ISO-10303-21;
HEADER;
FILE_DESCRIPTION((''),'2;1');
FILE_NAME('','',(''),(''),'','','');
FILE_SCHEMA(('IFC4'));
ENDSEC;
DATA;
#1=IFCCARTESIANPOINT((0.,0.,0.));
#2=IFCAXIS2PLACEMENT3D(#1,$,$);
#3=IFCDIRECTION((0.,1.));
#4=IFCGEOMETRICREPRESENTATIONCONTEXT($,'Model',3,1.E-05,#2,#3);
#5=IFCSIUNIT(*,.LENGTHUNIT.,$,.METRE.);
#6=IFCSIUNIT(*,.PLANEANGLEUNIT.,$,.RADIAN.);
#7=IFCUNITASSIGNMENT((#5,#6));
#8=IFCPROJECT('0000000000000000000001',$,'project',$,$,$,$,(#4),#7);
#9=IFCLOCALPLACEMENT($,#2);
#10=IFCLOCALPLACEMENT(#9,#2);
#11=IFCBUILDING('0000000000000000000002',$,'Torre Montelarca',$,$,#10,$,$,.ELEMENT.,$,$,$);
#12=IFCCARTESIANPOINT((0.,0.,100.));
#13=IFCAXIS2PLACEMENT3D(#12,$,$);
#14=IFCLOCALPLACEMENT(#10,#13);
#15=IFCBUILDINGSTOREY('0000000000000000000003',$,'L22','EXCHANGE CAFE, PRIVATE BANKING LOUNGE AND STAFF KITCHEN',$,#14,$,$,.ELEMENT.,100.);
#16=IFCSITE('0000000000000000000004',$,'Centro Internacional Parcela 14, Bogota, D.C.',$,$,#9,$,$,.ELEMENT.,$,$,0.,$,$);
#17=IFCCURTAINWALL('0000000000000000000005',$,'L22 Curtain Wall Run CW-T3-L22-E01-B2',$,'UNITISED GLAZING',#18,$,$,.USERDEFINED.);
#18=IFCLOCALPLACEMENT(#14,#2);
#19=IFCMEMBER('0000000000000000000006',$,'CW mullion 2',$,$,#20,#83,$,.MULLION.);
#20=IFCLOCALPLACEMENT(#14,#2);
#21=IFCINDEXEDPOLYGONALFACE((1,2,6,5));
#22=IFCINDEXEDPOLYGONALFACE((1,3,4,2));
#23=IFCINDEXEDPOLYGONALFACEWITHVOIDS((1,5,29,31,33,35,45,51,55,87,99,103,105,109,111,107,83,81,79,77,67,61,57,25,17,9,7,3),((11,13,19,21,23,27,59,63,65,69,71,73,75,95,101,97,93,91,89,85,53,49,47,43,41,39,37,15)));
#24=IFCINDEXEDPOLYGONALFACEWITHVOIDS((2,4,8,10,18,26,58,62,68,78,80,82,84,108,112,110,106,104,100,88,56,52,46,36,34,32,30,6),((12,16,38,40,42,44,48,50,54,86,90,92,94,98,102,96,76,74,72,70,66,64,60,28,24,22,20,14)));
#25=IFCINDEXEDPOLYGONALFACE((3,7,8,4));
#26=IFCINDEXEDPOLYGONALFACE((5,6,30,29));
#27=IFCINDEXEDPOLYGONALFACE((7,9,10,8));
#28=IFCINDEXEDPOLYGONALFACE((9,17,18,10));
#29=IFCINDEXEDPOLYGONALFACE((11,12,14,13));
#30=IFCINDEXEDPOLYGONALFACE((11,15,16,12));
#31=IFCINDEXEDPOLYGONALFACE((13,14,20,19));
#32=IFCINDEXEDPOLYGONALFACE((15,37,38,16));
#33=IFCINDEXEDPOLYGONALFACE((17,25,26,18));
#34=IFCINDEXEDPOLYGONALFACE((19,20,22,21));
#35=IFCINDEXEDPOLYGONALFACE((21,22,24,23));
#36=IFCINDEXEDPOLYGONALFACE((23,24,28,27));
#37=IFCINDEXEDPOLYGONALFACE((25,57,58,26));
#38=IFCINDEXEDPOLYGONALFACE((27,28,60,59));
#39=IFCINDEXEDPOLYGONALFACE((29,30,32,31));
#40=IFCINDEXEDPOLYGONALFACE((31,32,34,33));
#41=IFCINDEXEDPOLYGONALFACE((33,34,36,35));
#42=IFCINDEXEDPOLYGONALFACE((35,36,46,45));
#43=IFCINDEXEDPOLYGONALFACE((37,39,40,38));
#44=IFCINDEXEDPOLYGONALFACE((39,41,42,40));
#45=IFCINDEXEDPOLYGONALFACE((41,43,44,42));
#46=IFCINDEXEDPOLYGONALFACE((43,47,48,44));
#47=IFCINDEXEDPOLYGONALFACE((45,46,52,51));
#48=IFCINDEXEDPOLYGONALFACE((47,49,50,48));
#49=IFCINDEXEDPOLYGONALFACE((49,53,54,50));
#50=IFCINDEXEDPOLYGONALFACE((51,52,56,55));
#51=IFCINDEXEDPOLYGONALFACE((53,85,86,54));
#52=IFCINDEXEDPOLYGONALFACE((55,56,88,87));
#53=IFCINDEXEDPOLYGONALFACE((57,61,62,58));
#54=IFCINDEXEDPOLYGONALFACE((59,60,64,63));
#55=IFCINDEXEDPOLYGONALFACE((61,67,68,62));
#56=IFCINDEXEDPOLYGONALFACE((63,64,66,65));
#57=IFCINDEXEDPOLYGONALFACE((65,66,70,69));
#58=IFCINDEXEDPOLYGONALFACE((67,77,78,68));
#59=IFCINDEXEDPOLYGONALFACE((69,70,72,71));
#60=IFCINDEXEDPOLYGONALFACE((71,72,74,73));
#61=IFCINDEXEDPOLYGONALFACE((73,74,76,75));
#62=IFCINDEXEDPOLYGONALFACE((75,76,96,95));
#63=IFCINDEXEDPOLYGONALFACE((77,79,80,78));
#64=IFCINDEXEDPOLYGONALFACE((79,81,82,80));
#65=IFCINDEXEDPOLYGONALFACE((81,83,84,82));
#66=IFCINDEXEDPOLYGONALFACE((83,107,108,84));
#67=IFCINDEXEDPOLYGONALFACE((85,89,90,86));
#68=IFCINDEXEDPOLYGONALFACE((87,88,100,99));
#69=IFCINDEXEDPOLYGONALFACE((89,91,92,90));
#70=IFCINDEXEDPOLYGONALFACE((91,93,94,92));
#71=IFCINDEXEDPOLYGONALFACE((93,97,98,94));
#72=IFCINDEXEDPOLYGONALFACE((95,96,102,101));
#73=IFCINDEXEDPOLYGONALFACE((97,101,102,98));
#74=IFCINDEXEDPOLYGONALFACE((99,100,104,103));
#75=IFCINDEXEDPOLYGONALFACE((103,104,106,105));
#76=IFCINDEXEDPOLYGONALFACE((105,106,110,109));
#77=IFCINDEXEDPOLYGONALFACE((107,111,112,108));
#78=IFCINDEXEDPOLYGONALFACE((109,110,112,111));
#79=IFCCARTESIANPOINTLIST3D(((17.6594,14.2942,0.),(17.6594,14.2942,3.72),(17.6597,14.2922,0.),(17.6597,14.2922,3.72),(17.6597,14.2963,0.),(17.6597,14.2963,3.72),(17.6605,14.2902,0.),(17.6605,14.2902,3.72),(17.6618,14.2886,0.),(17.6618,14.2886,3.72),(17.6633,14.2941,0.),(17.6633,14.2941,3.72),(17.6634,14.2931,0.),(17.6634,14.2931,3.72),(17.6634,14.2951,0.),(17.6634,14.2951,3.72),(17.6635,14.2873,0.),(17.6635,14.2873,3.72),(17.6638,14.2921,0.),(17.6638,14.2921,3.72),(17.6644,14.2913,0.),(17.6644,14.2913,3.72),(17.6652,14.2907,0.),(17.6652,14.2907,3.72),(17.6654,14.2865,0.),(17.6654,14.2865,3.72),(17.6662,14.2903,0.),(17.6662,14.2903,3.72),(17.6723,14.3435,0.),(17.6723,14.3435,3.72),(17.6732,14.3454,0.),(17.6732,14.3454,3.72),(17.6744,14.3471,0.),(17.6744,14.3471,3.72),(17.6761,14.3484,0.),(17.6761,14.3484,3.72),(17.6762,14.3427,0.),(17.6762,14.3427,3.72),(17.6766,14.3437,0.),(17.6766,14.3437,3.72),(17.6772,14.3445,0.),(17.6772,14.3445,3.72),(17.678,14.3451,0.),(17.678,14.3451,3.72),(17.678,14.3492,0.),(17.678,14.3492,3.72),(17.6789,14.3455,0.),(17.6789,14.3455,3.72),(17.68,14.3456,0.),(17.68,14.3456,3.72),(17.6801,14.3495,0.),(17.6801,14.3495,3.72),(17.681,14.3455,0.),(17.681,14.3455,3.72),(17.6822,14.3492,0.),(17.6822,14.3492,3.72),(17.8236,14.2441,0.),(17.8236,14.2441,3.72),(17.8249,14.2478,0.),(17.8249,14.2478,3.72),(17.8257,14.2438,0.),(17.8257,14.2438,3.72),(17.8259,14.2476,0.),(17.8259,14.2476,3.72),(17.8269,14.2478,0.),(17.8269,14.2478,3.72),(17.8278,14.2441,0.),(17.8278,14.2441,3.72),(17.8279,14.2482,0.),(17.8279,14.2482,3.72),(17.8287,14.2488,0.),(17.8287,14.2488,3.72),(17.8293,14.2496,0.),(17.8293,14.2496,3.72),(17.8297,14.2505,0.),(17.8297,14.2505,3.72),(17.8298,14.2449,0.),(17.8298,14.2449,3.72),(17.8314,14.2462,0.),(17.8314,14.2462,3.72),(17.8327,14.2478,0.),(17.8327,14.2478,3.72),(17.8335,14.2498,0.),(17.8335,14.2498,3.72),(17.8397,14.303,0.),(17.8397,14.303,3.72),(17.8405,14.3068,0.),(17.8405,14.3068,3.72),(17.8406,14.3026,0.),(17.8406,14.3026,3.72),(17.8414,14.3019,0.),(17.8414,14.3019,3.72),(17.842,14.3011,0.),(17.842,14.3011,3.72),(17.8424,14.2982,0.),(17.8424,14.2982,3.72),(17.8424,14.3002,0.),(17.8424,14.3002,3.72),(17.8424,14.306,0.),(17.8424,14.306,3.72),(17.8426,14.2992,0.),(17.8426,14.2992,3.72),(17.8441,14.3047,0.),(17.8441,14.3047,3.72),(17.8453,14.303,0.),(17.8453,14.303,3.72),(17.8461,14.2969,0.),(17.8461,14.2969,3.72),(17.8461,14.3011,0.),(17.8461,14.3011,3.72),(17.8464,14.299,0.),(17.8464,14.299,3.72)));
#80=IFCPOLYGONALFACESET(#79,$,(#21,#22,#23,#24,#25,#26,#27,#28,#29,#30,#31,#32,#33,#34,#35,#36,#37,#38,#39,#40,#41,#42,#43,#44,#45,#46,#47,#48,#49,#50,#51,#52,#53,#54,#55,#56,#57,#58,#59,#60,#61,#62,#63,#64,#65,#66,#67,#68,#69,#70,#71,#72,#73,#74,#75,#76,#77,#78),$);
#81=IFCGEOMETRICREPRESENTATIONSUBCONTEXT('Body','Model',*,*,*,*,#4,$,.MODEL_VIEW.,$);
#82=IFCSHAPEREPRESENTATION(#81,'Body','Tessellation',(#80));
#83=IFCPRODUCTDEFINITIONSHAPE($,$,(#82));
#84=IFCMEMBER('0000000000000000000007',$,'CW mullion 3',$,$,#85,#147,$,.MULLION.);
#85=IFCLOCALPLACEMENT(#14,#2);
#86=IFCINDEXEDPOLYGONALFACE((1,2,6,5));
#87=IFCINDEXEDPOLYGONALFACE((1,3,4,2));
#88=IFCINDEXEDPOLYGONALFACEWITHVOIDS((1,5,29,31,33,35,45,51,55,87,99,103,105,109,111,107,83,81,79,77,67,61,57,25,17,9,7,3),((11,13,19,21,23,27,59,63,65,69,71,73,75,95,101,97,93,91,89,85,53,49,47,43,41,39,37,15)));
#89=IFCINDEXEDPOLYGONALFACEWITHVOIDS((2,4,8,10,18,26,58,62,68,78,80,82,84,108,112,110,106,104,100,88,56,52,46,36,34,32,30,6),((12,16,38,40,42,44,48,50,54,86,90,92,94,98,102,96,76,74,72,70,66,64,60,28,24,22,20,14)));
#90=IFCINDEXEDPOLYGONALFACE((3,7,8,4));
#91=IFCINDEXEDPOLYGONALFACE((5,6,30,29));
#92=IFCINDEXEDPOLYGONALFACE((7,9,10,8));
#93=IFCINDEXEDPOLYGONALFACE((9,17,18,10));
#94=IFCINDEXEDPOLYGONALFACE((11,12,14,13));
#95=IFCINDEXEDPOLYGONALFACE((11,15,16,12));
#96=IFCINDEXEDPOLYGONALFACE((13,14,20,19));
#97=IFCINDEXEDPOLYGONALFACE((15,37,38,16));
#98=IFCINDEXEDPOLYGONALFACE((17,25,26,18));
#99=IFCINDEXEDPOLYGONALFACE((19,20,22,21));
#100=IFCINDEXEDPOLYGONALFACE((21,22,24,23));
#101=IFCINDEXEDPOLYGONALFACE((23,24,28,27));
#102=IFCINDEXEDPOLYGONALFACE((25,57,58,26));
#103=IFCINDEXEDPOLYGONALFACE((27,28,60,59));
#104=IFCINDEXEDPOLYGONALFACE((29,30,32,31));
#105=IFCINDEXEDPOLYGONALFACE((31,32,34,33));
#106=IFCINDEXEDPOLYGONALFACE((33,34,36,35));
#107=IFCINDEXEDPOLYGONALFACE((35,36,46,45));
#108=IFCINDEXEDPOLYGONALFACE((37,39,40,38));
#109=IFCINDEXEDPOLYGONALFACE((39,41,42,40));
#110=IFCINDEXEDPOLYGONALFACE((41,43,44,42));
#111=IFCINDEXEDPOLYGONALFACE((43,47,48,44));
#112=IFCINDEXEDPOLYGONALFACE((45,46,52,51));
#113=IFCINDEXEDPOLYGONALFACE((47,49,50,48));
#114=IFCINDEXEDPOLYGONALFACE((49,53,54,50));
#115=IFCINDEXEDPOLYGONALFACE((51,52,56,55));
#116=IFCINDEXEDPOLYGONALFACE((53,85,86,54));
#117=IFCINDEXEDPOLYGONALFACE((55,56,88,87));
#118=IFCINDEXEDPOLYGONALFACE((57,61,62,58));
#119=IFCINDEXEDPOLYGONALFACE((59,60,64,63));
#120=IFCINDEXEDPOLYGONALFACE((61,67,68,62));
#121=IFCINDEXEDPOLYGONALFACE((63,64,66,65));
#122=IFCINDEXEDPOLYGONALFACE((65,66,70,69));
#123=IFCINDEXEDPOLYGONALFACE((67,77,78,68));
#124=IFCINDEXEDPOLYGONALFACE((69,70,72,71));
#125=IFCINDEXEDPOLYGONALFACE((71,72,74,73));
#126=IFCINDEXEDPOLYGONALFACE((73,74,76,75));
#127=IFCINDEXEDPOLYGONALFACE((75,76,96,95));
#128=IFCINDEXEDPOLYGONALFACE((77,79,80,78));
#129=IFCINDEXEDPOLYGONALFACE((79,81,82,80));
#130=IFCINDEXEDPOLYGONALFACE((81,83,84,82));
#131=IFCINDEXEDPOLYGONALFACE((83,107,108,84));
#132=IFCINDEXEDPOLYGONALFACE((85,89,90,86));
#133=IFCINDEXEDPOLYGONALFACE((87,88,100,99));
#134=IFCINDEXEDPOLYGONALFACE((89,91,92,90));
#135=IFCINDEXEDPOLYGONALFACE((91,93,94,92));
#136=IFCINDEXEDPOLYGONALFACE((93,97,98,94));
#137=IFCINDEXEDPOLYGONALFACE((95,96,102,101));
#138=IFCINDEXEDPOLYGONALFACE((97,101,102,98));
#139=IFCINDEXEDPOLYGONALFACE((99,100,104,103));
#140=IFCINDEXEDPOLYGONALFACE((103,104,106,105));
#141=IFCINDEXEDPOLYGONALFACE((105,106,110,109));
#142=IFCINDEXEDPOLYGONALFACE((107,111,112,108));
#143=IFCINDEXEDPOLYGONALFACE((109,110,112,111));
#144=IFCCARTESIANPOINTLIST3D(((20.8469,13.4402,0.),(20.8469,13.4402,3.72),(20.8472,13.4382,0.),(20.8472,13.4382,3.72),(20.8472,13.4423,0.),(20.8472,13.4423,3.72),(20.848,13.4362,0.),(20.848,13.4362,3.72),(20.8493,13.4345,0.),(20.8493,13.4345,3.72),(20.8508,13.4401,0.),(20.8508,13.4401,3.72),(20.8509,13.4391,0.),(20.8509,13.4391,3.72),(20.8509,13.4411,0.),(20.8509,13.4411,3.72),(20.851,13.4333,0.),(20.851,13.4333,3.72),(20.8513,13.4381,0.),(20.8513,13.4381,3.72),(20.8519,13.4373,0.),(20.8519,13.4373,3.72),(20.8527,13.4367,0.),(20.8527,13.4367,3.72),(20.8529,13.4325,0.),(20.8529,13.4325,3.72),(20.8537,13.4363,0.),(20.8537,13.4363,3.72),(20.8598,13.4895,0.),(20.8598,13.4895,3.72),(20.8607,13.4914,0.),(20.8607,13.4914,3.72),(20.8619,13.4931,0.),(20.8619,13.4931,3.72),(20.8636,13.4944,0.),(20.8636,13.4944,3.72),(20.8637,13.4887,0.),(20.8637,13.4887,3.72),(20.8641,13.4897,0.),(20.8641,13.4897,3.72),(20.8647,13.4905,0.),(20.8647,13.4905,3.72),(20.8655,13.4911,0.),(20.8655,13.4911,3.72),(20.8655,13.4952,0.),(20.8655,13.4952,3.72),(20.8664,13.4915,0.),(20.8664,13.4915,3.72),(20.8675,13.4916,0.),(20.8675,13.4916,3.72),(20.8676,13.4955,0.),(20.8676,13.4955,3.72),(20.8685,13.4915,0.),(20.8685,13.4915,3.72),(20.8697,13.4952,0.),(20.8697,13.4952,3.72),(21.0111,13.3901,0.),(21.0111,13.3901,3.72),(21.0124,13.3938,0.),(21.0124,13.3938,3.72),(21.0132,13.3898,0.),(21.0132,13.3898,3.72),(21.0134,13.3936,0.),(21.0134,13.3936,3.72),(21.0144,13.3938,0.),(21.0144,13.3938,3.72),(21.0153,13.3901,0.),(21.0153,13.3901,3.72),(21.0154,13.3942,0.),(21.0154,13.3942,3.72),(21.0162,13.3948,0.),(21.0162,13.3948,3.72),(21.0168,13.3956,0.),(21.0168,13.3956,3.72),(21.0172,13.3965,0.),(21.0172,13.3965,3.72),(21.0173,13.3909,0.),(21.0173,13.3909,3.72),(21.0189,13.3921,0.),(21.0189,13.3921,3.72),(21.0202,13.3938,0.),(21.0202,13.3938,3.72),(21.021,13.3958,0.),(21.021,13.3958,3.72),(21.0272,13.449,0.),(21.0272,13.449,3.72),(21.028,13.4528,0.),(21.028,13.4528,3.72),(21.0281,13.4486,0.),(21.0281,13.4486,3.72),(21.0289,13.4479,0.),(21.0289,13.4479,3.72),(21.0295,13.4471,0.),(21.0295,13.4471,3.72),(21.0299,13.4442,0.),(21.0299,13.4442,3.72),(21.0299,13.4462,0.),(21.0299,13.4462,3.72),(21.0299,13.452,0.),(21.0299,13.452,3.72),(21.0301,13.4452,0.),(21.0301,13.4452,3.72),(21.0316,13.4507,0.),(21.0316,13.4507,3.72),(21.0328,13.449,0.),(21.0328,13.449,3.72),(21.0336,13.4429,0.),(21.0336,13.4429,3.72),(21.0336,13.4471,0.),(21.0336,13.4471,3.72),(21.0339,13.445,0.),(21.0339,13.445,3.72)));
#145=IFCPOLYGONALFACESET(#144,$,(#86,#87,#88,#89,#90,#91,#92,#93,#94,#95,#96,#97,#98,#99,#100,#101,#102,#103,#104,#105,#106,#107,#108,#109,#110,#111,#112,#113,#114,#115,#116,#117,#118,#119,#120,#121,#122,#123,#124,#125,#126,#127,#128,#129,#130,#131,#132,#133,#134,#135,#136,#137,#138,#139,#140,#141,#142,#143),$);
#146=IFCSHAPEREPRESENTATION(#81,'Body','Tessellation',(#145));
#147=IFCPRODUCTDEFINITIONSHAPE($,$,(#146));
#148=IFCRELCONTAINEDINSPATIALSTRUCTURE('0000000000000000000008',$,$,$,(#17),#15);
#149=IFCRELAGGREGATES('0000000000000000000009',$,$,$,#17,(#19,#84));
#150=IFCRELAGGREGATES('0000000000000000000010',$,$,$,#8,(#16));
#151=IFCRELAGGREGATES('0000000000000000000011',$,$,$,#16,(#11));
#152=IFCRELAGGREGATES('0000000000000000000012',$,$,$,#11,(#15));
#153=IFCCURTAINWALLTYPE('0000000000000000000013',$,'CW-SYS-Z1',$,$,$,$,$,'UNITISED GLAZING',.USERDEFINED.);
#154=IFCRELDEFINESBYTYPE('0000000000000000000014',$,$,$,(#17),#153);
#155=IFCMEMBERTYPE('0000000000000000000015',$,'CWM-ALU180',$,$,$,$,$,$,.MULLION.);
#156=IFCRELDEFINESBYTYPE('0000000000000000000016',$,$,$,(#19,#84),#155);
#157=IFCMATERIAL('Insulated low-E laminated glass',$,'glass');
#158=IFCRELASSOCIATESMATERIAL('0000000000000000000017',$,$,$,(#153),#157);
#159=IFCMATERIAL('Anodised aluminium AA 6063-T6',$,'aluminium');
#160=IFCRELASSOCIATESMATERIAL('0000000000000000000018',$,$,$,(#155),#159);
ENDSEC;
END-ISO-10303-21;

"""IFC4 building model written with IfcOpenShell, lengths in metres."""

from ifc_helpers import new_model, si_unit, direction, frame, origin, origin_2d, place, context, subcontext, project, spatial, hollow_rectangle, extrude, source, transform, mapped, material, material_profile, profile_set, type_object, element, aggregate, save


model = new_model("IFC4")

# Units and contexts
model_context = context("Model", 3, precision=1e-05, world=origin(), true_north=direction((0.0, 1.0)))
body_context = subcontext(model_context, "Body", "Model", "MODEL_VIEW")
ifc_project = project(units=[si_unit("LENGTHUNIT", "METRE"), si_unit("PLANEANGLEUNIT", "RADIAN")], contexts=[model_context])

# Site, building, storey
site_placement = place(None, origin())
site = spatial("IfcSite", under=ifc_project, at=site_placement, Name="Centro Internacional Parcela 14, Bogota, D.C.", CompositionType="ELEMENT", RefElevation=0.0)
building_placement = place(site_placement, origin())
building = spatial("IfcBuilding", under=site, at=building_placement, Name="Torre Montelarca", CompositionType="ELEMENT")
storey_placement = place(building_placement, frame((0.0, 0.0, 100.0)))
storey = spatial("IfcBuildingStorey", under=building, at=storey_placement, Name="L22", Description="EXCHANGE CAFE, PRIVATE BANKING LOUNGE AND STAFF KITCHEN", CompositionType="ELEMENT", Elevation=100.0)

# Curtain wall
ifc_material_1 = material(Name="Insulated low-E laminated glass", Category="glass")
curtain_wall_type = type_object("IfcCurtainWallType", Name="CW-SYS-Z1", ElementType="UNITISED GLAZING", PredefinedType="USERDEFINED", material=ifc_material_1)
ifc_material_2 = material(Name="Anodised aluminium AA 6063-T6", Category="aluminium")
curtain_wall_1_placement = place(storey_placement, origin())
curtain_wall_1 = element("IfcCurtainWall", 1, at=curtain_wall_1_placement, inside=storey, type_object=curtain_wall_type, Name="L22 Curtain Wall Run CW-T3-L22-E01-B2", ObjectType="UNITISED GLAZING", PredefinedType="USERDEFINED")

# Members
ifc_material_profile_1 = material_profile(ifc_material_2, hollow_rectangle(XDim=0.0649, YDim=0.1799, WallThickness=0.0039, InnerFilletRadius=0.0039, OuterFilletRadius=0.0081, at=origin_2d()), Name="ALU65X180X4", Category="aluminium")
ifc_profile_set_1 = profile_set([ifc_material_profile_1], Name="Anodised aluminium AA 6063-T6")
member_type_1 = type_object("IfcMemberType", Name="CWM-ALU180", PredefinedType="MULLION", material=ifc_profile_set_1)
shared_shape_1 = source(origin(), body_context, "Body", "SweptSolid", [
    extrude(hollow_rectangle(XDim=0.0649, YDim=0.1799, WallThickness=0.0039, InnerFilletRadius=0.0039, OuterFilletRadius=0.0081, at=origin_2d()), origin(), (0.0, 0.0, 1.0), 3.72),
])
member_1_placement = place(storey_placement, frame((17.7529, 14.2966, 0.0), z_axis=(0.0, 0.0, 1.0), x_axis=(0.258815, 0.965927, 0.0)))
member_1 = element("IfcMember", 2, at=member_1_placement, type_object=member_type_1, Name="CW mullion 2", PredefinedType="MULLION", context=body_context, shape_type="MappedRepresentation", body=[
    mapped(shared_shape_1, transform((0.0, 0.0, 0.0), scale=1.0)),
])
member_2_placement = place(storey_placement, frame((20.9404, 13.4426, 0.0), z_axis=(0.0, 0.0, 1.0), x_axis=(0.258815, 0.965927, 0.0)))
member_2 = element("IfcMember", 3, at=member_2_placement, type_object=member_type_1, Name="CW mullion 3", PredefinedType="MULLION", context=body_context, shape_type="MappedRepresentation", body=[
    mapped(shared_shape_1, transform((0.0, 0.0, 0.0), scale=1.0)),
])

aggregate(curtain_wall_1, [member_1, member_2])

save(model, "model.ifc")
